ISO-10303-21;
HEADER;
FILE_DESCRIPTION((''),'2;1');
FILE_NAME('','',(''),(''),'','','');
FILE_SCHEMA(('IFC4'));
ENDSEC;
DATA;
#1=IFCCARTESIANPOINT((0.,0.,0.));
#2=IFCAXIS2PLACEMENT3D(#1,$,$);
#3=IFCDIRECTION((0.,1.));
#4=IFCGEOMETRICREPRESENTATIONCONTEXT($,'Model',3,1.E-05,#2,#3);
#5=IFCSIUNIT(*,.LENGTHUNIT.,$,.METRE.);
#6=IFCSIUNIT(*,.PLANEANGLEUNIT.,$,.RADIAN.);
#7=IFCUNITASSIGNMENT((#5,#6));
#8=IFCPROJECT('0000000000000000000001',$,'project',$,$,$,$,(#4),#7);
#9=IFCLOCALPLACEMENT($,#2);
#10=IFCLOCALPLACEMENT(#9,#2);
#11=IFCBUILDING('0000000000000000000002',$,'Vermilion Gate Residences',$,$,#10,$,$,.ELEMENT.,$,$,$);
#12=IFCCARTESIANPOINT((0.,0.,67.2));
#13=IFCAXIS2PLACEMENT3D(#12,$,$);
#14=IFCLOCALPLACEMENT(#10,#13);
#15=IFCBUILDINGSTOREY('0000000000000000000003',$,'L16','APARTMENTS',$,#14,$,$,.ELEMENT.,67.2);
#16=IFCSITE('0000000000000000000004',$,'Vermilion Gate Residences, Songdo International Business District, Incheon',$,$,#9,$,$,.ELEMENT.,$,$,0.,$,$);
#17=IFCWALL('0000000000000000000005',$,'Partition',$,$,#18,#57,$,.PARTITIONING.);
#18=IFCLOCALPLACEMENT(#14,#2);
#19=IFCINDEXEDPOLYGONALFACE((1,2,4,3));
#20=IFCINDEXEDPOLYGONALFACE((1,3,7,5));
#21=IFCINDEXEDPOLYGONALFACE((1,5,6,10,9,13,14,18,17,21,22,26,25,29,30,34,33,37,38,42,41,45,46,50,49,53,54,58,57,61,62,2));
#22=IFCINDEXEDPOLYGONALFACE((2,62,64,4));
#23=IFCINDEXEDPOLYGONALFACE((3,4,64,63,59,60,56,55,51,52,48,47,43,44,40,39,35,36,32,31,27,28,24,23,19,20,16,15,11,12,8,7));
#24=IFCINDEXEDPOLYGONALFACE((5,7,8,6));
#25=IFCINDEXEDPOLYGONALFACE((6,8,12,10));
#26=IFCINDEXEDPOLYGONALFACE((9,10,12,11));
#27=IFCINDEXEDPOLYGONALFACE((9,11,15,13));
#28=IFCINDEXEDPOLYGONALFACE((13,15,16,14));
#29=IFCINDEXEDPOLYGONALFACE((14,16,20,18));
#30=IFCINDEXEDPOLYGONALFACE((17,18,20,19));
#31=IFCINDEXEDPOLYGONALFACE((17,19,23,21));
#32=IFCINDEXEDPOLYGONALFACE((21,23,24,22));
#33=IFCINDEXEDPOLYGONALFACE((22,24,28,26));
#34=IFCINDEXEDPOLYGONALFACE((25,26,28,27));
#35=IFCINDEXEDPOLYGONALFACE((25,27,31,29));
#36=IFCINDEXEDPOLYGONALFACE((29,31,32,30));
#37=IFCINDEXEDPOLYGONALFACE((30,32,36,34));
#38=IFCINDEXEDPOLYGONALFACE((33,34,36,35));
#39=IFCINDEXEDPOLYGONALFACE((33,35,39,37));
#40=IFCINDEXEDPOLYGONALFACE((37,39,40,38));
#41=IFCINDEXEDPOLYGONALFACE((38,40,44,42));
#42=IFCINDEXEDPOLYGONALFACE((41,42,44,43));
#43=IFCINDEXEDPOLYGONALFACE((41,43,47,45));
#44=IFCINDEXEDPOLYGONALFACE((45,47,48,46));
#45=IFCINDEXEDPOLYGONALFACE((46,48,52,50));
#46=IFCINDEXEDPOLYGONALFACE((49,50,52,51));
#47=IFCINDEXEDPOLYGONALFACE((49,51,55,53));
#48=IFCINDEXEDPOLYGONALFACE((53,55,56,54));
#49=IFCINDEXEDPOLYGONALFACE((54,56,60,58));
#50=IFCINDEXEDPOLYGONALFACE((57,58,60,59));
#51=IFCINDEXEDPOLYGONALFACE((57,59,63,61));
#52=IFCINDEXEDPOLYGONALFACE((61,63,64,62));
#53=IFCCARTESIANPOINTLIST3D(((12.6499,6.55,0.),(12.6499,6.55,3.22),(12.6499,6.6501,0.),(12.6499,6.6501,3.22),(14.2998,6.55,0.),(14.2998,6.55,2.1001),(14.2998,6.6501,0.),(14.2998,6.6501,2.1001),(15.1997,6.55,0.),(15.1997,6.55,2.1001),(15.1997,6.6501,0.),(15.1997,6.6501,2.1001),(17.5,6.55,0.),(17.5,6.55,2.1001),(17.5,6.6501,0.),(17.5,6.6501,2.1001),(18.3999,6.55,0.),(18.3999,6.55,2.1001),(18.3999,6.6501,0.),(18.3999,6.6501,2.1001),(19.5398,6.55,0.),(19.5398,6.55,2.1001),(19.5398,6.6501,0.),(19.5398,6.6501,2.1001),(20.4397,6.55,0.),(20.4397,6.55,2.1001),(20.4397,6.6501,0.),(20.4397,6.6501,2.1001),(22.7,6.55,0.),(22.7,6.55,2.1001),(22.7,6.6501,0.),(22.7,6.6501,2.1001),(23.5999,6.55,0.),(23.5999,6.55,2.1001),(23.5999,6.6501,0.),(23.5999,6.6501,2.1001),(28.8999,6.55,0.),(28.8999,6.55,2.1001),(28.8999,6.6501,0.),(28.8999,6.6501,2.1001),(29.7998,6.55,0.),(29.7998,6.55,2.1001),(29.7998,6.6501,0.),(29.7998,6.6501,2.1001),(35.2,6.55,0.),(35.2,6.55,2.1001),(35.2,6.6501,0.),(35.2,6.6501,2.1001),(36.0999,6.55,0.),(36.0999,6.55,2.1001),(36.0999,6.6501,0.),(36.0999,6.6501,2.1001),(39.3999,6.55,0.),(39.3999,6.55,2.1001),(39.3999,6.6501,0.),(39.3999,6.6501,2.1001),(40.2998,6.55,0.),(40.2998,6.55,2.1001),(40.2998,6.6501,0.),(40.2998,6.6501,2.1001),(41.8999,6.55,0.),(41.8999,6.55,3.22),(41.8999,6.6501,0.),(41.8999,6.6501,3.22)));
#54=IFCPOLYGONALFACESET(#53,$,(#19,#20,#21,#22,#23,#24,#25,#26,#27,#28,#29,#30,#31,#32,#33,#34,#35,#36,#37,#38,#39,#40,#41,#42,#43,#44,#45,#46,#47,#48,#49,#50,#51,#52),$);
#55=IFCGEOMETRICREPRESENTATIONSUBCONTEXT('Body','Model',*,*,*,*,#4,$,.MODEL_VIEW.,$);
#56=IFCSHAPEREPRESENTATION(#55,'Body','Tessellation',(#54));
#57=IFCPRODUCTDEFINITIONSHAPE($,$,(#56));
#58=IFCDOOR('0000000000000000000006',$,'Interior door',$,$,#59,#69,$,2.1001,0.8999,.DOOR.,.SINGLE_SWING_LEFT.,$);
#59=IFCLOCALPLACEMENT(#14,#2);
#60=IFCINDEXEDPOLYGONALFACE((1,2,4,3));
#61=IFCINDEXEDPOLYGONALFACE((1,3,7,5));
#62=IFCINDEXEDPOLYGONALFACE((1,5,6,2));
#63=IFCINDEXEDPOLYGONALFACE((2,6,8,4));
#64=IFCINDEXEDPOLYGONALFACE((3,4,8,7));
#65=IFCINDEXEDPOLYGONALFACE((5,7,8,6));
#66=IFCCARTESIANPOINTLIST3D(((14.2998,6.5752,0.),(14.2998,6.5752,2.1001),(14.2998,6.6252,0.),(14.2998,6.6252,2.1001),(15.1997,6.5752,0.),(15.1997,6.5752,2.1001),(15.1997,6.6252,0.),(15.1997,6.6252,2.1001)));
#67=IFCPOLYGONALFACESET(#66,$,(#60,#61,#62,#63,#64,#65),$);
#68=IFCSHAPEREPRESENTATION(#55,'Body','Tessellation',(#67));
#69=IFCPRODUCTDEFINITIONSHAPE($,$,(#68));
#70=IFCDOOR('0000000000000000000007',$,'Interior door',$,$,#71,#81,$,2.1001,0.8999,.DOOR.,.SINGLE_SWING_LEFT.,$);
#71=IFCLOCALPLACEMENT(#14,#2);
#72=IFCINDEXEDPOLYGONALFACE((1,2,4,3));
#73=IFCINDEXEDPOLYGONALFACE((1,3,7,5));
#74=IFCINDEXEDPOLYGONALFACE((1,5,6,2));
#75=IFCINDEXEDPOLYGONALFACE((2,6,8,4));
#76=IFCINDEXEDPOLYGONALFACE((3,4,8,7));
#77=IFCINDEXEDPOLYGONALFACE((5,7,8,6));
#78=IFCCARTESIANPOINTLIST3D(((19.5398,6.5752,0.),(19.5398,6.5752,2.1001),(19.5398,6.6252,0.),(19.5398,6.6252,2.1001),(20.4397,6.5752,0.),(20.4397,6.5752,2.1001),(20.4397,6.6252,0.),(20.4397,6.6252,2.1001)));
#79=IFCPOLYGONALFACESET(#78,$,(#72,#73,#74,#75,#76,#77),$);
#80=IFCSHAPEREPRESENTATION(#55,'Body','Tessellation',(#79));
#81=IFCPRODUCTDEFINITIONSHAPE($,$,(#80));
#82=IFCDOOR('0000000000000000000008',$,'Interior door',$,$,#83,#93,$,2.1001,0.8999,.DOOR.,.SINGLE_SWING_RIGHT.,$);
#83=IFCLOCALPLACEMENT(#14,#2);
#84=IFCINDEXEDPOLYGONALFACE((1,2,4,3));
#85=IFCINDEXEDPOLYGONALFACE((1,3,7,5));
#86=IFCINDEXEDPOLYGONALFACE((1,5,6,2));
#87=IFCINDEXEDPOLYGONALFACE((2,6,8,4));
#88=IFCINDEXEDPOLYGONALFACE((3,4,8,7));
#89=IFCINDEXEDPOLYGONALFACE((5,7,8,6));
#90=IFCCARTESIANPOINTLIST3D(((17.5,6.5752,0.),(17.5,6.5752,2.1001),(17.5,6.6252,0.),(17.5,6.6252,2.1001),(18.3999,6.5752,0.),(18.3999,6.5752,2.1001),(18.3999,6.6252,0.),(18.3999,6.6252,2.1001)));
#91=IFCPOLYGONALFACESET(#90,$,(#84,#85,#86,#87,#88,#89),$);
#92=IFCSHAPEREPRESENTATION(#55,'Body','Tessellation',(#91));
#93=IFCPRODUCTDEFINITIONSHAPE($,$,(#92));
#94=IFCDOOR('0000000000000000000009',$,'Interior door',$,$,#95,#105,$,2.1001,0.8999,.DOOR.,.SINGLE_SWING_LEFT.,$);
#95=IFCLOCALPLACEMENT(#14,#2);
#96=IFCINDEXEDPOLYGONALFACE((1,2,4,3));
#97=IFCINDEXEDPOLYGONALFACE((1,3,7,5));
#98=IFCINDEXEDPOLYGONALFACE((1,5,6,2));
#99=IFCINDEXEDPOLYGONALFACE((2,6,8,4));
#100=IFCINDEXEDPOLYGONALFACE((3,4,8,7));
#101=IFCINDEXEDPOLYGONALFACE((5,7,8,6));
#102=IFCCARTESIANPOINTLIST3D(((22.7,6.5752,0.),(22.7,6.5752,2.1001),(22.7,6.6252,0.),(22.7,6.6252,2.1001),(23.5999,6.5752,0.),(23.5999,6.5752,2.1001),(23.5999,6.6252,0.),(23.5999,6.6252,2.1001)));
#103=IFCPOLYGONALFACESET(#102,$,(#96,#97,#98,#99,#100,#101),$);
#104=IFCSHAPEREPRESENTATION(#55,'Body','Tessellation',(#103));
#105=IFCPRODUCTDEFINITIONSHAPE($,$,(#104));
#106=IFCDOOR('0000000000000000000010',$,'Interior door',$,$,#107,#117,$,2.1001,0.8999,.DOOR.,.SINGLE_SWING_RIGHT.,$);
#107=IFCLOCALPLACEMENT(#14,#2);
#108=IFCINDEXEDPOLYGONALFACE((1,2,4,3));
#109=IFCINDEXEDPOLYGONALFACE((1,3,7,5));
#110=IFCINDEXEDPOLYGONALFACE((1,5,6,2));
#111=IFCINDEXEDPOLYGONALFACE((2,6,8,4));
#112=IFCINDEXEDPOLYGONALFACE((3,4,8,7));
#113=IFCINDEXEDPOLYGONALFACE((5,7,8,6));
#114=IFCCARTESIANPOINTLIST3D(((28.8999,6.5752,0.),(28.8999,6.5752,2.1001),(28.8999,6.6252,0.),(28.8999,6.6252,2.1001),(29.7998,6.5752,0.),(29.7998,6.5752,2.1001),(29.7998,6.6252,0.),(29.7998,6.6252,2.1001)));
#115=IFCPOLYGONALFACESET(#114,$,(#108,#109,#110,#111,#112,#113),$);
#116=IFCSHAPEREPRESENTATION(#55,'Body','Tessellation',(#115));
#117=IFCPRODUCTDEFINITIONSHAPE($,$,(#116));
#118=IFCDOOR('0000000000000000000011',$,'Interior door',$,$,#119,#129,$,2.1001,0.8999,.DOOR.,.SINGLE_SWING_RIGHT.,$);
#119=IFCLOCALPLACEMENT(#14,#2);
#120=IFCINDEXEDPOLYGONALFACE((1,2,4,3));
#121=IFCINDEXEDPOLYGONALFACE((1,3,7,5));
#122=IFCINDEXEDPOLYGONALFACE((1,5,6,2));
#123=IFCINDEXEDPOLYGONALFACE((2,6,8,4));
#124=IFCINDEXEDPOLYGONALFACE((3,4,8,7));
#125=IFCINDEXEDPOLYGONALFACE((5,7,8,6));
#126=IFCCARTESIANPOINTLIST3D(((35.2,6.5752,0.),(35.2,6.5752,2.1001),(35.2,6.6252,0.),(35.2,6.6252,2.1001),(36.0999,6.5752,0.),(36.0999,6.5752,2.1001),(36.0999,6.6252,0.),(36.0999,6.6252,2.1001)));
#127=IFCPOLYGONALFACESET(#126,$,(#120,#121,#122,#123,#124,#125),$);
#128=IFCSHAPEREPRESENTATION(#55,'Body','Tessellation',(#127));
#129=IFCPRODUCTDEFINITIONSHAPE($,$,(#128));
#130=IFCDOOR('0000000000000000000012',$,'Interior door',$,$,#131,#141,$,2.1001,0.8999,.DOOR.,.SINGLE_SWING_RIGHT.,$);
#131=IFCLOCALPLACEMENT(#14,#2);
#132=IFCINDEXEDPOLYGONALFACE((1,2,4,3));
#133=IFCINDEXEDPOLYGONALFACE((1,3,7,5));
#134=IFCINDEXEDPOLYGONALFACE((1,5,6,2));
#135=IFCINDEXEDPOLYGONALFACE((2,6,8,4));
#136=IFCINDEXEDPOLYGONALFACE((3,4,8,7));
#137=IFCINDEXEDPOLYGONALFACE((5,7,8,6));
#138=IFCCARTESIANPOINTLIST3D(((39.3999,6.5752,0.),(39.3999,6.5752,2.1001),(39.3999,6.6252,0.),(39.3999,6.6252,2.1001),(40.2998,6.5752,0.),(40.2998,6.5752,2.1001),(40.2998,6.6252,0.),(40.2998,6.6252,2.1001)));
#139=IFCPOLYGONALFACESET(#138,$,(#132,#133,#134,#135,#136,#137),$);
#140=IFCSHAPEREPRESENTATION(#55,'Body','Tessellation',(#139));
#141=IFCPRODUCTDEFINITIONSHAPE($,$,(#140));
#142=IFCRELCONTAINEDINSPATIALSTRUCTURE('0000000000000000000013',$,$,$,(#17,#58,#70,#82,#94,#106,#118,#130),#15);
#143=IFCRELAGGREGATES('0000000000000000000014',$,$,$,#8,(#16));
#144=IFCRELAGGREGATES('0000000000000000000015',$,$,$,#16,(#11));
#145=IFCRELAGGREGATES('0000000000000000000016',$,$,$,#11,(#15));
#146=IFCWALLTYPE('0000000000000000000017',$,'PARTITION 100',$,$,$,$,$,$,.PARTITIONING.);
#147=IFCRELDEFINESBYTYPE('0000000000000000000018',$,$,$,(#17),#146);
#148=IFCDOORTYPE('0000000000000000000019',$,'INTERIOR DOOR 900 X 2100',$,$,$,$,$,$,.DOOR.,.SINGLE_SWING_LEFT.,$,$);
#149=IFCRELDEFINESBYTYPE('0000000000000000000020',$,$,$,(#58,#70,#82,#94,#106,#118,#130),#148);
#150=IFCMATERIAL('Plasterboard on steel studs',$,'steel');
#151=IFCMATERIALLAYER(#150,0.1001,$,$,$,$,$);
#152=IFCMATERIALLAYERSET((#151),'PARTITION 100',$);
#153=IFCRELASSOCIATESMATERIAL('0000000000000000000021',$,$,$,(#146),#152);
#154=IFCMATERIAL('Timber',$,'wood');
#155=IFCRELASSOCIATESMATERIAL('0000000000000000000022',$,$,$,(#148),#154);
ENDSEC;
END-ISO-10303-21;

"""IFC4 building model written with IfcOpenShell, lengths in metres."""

from ifc_helpers import new_model, si_unit, direction, frame, frame_2d, origin, place, context, subcontext, project, spatial, rectangle, extrude, material, layer, layer_set, type_object, element, fill, save


model = new_model("IFC4")

# Units and contexts
model_context = context("Model", 3, precision=1e-05, world=origin(), true_north=direction((0.0, 1.0)))
body_context = subcontext(model_context, "Body", "Model", "MODEL_VIEW")
ifc_project = project(units=[si_unit("LENGTHUNIT", "METRE"), si_unit("PLANEANGLEUNIT", "RADIAN")], contexts=[model_context])

# Site, building, storey
site_placement = place(None, origin())
site = spatial("IfcSite", under=ifc_project, at=site_placement, Name="Vermilion Gate Residences, Songdo International Business District, Incheon", CompositionType="ELEMENT", RefElevation=0.0)
building_placement = place(site_placement, origin())
building = spatial("IfcBuilding", under=site, at=building_placement, Name="Vermilion Gate Residences", CompositionType="ELEMENT")
storey_placement = place(building_placement, frame((0.0, 0.0, 67.2)))
storey = spatial("IfcBuildingStorey", under=building, at=storey_placement, Name="L16", Description="APARTMENTS", CompositionType="ELEMENT", Elevation=67.2)

# Shared definitions
ifc_material_1 = material(Name="Plasterboard on steel studs", Category="steel")
ifc_layer_1 = layer(ifc_material_1, 0.1001)
ifc_layer_set_1 = layer_set([ifc_layer_1], Name="PARTITION 100")
wall_type_1 = type_object("IfcWallType", Name="PARTITION 100", PredefinedType="PARTITIONING", material=ifc_layer_set_1)
ifc_material_2 = material(Name="Timber", Category="wood")
door_type = type_object("IfcDoorType", Name="INTERIOR DOOR 900 X 2100", OperationType="SINGLE_SWING_LEFT", PredefinedType="DOOR", material=ifc_material_2)

# Wall, openings, doors
wall_1_placement = place(storey_placement, frame((12.6499, 6.6001, 0.0), z_axis=(0.0, 0.0, 1.0), x_axis=(1.0, 0.0, 0.0)))
wall_1 = element("IfcWall", 1, at=wall_1_placement, inside=storey, type_object=wall_type_1, Name="Partition", PredefinedType="PARTITIONING", context=body_context, shape_type="SweptSolid", body=[
    extrude(rectangle(XDim=29.25, YDim=0.1001, at=frame_2d((14.625, 0.0))), origin(), (0.0, 0.0, 1.0), 3.22),
])
opening_1_placement = place(wall_1_placement, frame((1.6499, 0.0, 0.0)))
opening_1 = element("IfcOpeningElement", 2, at=opening_1_placement, cuts=wall_1, PredefinedType="OPENING", context=body_context, shape_type="SweptSolid", body=[
    extrude(rectangle(XDim=0.8999, YDim=2.1001, at=frame_2d((0.45, 1.05))), frame((0.0, 0.0601, 0.0), z_axis=(0.0, -1.0, 0.0), x_axis=(1.0, 0.0, 0.0)), (0.0, 0.0, 1.0), 0.1201),
])
opening_2_placement = place(wall_1_placement, frame((6.8899, 0.0, 0.0)))
opening_2 = element("IfcOpeningElement", 3, at=opening_2_placement, cuts=wall_1, PredefinedType="OPENING", context=body_context, shape_type="SweptSolid", body=[
    extrude(rectangle(XDim=0.8999, YDim=2.1001, at=frame_2d((0.45, 1.05))), frame((0.0, 0.0601, 0.0), z_axis=(0.0, -1.0, 0.0), x_axis=(1.0, 0.0, 0.0)), (0.0, 0.0, 1.0), 0.1201),
])
opening_3_placement = place(wall_1_placement, frame((4.8501, 0.0, 0.0)))
opening_3 = element("IfcOpeningElement", 4, at=opening_3_placement, cuts=wall_1, PredefinedType="OPENING", context=body_context, shape_type="SweptSolid", body=[
    extrude(rectangle(XDim=0.8999, YDim=2.1001, at=frame_2d((0.45, 1.05))), frame((0.0, 0.0601, 0.0), z_axis=(0.0, -1.0, 0.0), x_axis=(1.0, 0.0, 0.0)), (0.0, 0.0, 1.0), 0.1201),
])
opening_4_placement = place(wall_1_placement, frame((10.05, 0.0, 0.0)))
opening_4 = element("IfcOpeningElement", 5, at=opening_4_placement, cuts=wall_1, PredefinedType="OPENING", context=body_context, shape_type="SweptSolid", body=[
    extrude(rectangle(XDim=0.8999, YDim=2.1001, at=frame_2d((0.45, 1.05))), frame((0.0, 0.0601, 0.0), z_axis=(0.0, -1.0, 0.0), x_axis=(1.0, 0.0, 0.0)), (0.0, 0.0, 1.0), 0.1201),
])
opening_5_placement = place(wall_1_placement, frame((16.25, 0.0, 0.0)))
opening_5 = element("IfcOpeningElement", 6, at=opening_5_placement, cuts=wall_1, PredefinedType="OPENING", context=body_context, shape_type="SweptSolid", body=[
    extrude(rectangle(XDim=0.8999, YDim=2.1001, at=frame_2d((0.45, 1.05))), frame((0.0, 0.0601, 0.0), z_axis=(0.0, -1.0, 0.0), x_axis=(1.0, 0.0, 0.0)), (0.0, 0.0, 1.0), 0.1201),
])
opening_6_placement = place(wall_1_placement, frame((22.55, 0.0, 0.0)))
opening_6 = element("IfcOpeningElement", 7, at=opening_6_placement, cuts=wall_1, PredefinedType="OPENING", context=body_context, shape_type="SweptSolid", body=[
    extrude(rectangle(XDim=0.8999, YDim=2.1001, at=frame_2d((0.45, 1.05))), frame((0.0, 0.0601, 0.0), z_axis=(0.0, -1.0, 0.0), x_axis=(1.0, 0.0, 0.0)), (0.0, 0.0, 1.0), 0.1201),
])
opening_7_placement = place(wall_1_placement, frame((26.75, 0.0, 0.0)))
opening_7 = element("IfcOpeningElement", 8, at=opening_7_placement, cuts=wall_1, PredefinedType="OPENING", context=body_context, shape_type="SweptSolid", body=[
    extrude(rectangle(XDim=0.8999, YDim=2.1001, at=frame_2d((0.45, 1.05))), frame((0.0, 0.0601, 0.0), z_axis=(0.0, -1.0, 0.0), x_axis=(1.0, 0.0, 0.0)), (0.0, 0.0, 1.0), 0.1201),
])
door_1_placement = place(opening_1_placement, frame((0.8999, 0.0, 0.0), z_axis=(0.0, 0.0, 1.0), x_axis=(-1.0, 0.0, 0.0)))
door_1 = element("IfcDoor", 9, at=door_1_placement, inside=storey, type_object=door_type, Name="Interior door", OperationType="SINGLE_SWING_LEFT", OverallHeight=2.1001, OverallWidth=0.8999, PredefinedType="DOOR", context=body_context, shape_type="SweptSolid", body=[
    extrude(rectangle(XDim=0.8999, YDim=2.1001, at=frame_2d((0.45, 1.05))), frame((0.0, 0.0249, 0.0), z_axis=(0.0, -1.0, 0.0), x_axis=(1.0, 0.0, 0.0)), (0.0, 0.0, 1.0), 0.05),
])
fill(opening_1, door_1)
door_2_placement = place(opening_2_placement, frame((0.8999, 0.0, 0.0), z_axis=(0.0, 0.0, 1.0), x_axis=(-1.0, 0.0, 0.0)))
door_2 = element("IfcDoor", 10, at=door_2_placement, inside=storey, type_object=door_type, Name="Interior door", OperationType="SINGLE_SWING_LEFT", OverallHeight=2.1001, OverallWidth=0.8999, PredefinedType="DOOR", context=body_context, shape_type="SweptSolid", body=[
    extrude(rectangle(XDim=0.8999, YDim=2.1001, at=frame_2d((0.45, 1.05))), frame((0.0, 0.0249, 0.0), z_axis=(0.0, -1.0, 0.0), x_axis=(1.0, 0.0, 0.0)), (0.0, 0.0, 1.0), 0.05),
])
fill(opening_2, door_2)
door_3_placement = place(opening_3_placement, frame((0.8999, 0.0, 0.0), z_axis=(0.0, 0.0, 1.0), x_axis=(-1.0, 0.0, 0.0)))
door_3 = element("IfcDoor", 11, at=door_3_placement, inside=storey, type_object=door_type, Name="Interior door", OperationType="SINGLE_SWING_RIGHT", OverallHeight=2.1001, OverallWidth=0.8999, PredefinedType="DOOR", context=body_context, shape_type="SweptSolid", body=[
    extrude(rectangle(XDim=0.8999, YDim=2.1001, at=frame_2d((0.45, 1.05))), frame((0.0, 0.0249, 0.0), z_axis=(0.0, -1.0, 0.0), x_axis=(1.0, 0.0, 0.0)), (0.0, 0.0, 1.0), 0.05),
])
fill(opening_3, door_3)
door_4_placement = place(opening_4_placement, frame((0.8999, 0.0, 0.0), z_axis=(0.0, 0.0, 1.0), x_axis=(-1.0, 0.0, 0.0)))
door_4 = element("IfcDoor", 12, at=door_4_placement, inside=storey, type_object=door_type, Name="Interior door", OperationType="SINGLE_SWING_LEFT", OverallHeight=2.1001, OverallWidth=0.8999, PredefinedType="DOOR", context=body_context, shape_type="SweptSolid", body=[
    extrude(rectangle(XDim=0.8999, YDim=2.1001, at=frame_2d((0.45, 1.05))), frame((0.0, 0.0249, 0.0), z_axis=(0.0, -1.0, 0.0), x_axis=(1.0, 0.0, 0.0)), (0.0, 0.0, 1.0), 0.05),
])
fill(opening_4, door_4)
door_5_placement = place(opening_5_placement, frame((0.8999, 0.0, 0.0), z_axis=(0.0, 0.0, 1.0), x_axis=(-1.0, 0.0, 0.0)))
door_5 = element("IfcDoor", 13, at=door_5_placement, inside=storey, type_object=door_type, Name="Interior door", OperationType="SINGLE_SWING_RIGHT", OverallHeight=2.1001, OverallWidth=0.8999, PredefinedType="DOOR", context=body_context, shape_type="SweptSolid", body=[
    extrude(rectangle(XDim=0.8999, YDim=2.1001, at=frame_2d((0.45, 1.05))), frame((0.0, 0.0249, 0.0), z_axis=(0.0, -1.0, 0.0), x_axis=(1.0, 0.0, 0.0)), (0.0, 0.0, 1.0), 0.05),
])
fill(opening_5, door_5)
door_6_placement = place(opening_6_placement, frame((0.8999, 0.0, 0.0), z_axis=(0.0, 0.0, 1.0), x_axis=(-1.0, 0.0, 0.0)))
door_6 = element("IfcDoor", 14, at=door_6_placement, inside=storey, type_object=door_type, Name="Interior door", OperationType="SINGLE_SWING_RIGHT", OverallHeight=2.1001, OverallWidth=0.8999, PredefinedType="DOOR", context=body_context, shape_type="SweptSolid", body=[
    extrude(rectangle(XDim=0.8999, YDim=2.1001, at=frame_2d((0.45, 1.05))), frame((0.0, 0.0249, 0.0), z_axis=(0.0, -1.0, 0.0), x_axis=(1.0, 0.0, 0.0)), (0.0, 0.0, 1.0), 0.05),
])
fill(opening_6, door_6)
door_7_placement = place(opening_7_placement, frame((0.8999, 0.0, 0.0), z_axis=(0.0, 0.0, 1.0), x_axis=(-1.0, 0.0, 0.0)))
door_7 = element("IfcDoor", 15, at=door_7_placement, inside=storey, type_object=door_type, Name="Interior door", OperationType="SINGLE_SWING_RIGHT", OverallHeight=2.1001, OverallWidth=0.8999, PredefinedType="DOOR", context=body_context, shape_type="SweptSolid", body=[
    extrude(rectangle(XDim=0.8999, YDim=2.1001, at=frame_2d((0.45, 1.05))), frame((0.0, 0.0249, 0.0), z_axis=(0.0, -1.0, 0.0), x_axis=(1.0, 0.0, 0.0)), (0.0, 0.0, 1.0), 0.05),
])
fill(opening_7, door_7)

save(model, "model.ifc")
